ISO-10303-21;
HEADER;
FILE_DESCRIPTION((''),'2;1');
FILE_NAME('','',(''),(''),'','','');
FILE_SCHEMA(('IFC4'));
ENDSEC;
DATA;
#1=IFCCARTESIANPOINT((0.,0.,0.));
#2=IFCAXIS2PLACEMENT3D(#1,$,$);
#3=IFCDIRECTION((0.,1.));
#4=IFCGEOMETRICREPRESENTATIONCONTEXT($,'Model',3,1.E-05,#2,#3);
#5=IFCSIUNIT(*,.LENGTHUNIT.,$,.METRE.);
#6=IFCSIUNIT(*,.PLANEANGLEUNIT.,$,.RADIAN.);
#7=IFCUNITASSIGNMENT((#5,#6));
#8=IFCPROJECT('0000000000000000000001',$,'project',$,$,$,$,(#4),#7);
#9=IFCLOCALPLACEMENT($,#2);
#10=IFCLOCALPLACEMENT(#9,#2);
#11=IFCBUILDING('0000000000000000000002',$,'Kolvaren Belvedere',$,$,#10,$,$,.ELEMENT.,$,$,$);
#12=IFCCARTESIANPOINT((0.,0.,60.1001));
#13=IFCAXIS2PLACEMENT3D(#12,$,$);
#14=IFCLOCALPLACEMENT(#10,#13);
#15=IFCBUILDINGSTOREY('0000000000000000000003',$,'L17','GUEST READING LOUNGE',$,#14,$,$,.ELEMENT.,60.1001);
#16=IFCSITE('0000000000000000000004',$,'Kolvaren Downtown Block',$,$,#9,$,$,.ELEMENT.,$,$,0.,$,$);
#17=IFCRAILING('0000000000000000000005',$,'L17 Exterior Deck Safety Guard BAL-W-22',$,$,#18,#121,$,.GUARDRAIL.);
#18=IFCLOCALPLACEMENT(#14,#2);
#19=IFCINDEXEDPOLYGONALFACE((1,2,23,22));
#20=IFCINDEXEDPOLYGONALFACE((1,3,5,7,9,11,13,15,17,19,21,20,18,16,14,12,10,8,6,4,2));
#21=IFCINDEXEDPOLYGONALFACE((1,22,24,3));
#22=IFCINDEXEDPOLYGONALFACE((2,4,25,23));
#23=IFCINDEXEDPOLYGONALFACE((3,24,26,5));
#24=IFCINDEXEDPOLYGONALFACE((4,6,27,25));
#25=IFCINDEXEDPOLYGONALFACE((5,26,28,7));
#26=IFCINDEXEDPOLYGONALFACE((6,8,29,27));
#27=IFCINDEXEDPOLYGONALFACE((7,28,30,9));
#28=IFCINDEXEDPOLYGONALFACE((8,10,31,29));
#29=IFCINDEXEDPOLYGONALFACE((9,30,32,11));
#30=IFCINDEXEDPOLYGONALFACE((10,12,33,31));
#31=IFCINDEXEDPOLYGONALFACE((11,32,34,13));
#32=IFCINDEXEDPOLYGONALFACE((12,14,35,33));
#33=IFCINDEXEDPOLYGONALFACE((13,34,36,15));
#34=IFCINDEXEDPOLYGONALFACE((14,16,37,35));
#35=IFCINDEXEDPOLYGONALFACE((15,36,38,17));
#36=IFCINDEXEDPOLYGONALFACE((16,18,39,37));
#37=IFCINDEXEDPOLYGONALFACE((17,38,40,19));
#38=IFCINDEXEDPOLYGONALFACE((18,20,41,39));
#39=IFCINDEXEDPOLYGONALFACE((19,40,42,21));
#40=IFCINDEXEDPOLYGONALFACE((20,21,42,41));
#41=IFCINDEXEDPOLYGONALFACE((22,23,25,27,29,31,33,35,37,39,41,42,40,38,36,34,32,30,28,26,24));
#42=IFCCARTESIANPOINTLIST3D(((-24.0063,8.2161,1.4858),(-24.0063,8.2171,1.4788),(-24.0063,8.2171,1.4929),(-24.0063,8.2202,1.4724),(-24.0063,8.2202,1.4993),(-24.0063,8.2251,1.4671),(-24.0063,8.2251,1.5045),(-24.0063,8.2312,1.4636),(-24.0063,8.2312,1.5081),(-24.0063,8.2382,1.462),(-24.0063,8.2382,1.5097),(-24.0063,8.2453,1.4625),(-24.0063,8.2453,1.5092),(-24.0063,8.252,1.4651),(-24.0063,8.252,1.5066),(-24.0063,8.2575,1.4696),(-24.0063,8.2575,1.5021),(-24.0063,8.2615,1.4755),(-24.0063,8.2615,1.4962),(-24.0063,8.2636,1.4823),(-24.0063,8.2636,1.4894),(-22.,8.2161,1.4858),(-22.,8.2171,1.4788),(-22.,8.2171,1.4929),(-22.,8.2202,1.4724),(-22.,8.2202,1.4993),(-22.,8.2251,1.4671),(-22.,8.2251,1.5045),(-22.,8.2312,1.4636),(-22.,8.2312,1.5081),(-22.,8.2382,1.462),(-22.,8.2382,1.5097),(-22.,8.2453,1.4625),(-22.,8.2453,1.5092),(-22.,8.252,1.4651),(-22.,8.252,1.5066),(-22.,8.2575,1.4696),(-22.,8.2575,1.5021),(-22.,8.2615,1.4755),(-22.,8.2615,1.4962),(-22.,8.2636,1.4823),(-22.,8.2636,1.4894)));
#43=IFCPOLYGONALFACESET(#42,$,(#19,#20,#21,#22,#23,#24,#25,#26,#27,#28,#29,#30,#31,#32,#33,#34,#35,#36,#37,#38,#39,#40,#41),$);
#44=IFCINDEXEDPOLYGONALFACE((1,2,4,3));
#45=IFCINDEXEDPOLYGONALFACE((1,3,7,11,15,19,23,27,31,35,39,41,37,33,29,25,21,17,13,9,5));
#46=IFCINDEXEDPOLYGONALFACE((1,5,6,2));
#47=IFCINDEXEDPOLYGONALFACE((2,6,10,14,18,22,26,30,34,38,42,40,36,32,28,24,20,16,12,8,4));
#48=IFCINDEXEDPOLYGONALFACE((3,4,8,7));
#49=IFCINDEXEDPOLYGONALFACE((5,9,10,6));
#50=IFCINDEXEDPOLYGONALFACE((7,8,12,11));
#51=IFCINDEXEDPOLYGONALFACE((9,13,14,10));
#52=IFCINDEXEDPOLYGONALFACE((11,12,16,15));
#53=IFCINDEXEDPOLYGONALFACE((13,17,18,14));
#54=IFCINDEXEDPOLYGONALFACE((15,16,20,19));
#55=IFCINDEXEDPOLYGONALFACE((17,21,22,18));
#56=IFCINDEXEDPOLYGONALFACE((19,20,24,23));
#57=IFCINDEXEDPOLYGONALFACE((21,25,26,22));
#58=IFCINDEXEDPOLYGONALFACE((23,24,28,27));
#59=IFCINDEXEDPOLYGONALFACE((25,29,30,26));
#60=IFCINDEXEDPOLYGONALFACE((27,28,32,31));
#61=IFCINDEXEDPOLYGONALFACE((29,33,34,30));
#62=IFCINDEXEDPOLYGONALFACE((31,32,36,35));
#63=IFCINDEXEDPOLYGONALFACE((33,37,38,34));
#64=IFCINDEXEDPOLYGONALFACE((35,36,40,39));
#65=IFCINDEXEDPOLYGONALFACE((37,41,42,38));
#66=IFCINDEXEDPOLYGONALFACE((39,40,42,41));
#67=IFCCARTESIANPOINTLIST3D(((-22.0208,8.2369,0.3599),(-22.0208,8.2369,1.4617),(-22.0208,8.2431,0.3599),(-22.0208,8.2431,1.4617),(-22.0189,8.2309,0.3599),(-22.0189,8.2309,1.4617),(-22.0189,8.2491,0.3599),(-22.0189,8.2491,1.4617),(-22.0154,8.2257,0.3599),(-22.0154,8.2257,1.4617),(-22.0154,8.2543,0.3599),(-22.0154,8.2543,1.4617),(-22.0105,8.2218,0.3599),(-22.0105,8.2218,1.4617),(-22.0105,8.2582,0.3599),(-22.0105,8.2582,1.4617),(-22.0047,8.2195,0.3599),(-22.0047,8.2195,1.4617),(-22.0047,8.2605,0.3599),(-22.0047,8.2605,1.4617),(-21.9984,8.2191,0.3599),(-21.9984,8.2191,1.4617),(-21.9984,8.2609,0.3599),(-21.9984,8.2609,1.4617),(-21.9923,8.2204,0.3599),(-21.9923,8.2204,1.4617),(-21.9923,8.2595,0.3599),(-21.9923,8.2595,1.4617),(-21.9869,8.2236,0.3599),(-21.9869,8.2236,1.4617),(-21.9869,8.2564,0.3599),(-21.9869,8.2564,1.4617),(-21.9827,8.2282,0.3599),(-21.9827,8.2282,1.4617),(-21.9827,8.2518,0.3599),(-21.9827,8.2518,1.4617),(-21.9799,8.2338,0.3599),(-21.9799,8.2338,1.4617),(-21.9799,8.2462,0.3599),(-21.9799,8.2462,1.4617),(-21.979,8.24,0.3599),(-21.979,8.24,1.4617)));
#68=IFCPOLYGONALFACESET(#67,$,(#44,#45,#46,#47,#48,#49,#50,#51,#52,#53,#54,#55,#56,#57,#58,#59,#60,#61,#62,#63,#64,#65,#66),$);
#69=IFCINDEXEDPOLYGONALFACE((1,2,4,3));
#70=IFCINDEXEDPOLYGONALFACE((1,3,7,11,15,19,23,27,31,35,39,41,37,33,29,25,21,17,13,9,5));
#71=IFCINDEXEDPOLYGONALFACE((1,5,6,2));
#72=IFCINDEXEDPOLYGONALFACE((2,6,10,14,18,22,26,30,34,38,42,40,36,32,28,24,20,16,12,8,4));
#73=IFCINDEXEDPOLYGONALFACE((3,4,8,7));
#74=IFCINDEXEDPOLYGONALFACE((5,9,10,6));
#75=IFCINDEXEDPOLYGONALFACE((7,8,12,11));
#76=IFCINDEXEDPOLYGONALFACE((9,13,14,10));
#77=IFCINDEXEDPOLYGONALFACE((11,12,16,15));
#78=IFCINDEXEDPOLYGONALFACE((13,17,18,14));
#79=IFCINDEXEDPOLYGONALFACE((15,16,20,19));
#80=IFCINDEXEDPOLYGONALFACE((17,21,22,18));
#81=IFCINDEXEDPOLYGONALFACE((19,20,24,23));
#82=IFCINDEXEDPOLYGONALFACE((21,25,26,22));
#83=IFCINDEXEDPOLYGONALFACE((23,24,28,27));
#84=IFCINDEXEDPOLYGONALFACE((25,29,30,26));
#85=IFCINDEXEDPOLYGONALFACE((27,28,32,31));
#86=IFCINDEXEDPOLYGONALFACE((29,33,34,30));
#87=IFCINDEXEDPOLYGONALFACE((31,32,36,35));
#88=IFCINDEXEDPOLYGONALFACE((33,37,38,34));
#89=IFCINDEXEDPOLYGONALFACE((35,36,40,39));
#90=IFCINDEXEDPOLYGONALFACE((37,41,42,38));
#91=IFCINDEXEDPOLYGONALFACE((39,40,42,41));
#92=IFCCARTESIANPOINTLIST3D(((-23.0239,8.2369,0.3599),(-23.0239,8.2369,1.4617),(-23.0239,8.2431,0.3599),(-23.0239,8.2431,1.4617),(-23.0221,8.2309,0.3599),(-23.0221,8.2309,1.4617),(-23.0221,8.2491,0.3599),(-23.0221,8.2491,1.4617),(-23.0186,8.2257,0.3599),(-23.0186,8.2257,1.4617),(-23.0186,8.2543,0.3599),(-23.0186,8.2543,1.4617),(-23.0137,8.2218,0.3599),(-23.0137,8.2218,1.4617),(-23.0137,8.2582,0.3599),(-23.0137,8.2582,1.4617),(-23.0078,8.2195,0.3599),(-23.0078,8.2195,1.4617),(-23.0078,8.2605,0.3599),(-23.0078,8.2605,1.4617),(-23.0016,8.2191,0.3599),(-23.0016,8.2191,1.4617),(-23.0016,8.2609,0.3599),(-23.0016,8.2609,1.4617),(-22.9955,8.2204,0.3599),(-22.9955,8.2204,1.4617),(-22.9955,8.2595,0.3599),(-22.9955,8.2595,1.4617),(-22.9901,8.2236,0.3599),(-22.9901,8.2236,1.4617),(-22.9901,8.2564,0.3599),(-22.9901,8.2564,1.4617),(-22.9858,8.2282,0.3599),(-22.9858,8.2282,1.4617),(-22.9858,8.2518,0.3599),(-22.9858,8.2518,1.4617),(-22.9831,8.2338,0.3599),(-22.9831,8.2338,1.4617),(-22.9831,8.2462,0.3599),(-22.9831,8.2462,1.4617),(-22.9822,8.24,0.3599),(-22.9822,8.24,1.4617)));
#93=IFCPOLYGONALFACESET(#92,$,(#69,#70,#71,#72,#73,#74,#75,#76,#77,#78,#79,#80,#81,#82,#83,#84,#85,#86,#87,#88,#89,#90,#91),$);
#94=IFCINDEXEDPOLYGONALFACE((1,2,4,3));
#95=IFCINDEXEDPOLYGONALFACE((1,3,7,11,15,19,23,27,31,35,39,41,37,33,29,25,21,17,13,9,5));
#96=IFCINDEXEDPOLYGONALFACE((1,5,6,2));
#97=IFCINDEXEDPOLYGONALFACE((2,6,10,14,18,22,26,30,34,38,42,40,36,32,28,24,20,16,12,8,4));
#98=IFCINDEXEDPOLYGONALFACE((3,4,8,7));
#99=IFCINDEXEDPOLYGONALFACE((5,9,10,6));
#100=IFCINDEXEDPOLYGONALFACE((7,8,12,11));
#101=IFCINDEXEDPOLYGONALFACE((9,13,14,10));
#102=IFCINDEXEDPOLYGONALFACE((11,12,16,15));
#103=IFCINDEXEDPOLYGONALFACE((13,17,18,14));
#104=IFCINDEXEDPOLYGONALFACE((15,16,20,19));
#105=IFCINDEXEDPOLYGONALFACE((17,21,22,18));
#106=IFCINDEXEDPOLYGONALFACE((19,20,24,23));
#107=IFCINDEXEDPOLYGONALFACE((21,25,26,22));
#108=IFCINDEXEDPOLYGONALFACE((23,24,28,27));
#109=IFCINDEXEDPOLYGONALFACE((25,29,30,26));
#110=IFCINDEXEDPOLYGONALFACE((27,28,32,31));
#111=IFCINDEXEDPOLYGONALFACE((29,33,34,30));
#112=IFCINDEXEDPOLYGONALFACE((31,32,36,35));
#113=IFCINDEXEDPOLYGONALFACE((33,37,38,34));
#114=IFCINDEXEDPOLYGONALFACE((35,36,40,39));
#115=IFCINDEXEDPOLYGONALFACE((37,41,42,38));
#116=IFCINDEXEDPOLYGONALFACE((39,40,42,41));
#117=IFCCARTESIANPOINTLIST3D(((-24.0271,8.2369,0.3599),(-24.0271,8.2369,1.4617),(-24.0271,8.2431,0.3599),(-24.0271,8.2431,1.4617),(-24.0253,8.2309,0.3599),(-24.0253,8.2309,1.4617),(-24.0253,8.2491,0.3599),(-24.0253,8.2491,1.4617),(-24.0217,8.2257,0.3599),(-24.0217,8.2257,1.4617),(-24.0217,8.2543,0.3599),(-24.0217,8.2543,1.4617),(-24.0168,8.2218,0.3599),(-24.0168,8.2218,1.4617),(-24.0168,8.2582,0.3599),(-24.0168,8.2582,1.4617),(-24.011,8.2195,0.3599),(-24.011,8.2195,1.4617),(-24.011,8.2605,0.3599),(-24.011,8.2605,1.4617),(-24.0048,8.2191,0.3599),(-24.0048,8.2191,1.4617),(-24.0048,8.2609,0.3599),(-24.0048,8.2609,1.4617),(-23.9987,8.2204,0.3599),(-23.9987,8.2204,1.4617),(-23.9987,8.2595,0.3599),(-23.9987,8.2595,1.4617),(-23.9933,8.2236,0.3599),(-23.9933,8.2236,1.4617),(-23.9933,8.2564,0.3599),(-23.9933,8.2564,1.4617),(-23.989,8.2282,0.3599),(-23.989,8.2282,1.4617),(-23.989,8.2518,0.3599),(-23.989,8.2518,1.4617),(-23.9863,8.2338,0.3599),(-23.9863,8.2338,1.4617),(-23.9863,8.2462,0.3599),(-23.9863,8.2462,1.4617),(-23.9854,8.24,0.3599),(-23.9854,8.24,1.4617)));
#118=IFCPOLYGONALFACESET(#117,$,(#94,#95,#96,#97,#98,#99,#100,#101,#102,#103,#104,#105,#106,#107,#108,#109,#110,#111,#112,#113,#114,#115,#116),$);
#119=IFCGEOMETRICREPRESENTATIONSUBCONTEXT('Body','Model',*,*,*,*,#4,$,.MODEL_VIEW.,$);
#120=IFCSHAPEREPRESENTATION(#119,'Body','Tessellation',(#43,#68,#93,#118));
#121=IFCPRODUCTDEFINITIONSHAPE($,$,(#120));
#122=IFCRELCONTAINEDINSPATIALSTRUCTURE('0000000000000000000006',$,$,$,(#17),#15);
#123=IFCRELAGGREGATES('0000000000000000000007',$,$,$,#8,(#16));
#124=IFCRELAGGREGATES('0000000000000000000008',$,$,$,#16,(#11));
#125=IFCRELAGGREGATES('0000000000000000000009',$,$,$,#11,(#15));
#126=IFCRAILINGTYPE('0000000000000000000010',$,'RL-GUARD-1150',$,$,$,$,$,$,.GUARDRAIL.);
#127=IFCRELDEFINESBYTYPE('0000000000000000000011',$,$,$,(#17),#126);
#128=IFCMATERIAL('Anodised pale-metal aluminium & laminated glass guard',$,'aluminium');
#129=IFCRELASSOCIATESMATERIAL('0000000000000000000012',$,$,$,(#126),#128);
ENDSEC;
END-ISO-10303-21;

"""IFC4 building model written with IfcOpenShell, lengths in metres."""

from ifc_helpers import new_model, si_unit, direction, frame, origin, origin_2d, place, context, subcontext, project, spatial, circle, extrude, material, type_object, element, save


model = new_model("IFC4")

# Units and contexts
model_context = context("Model", 3, precision=1e-05, world=origin(), true_north=direction((0.0, 1.0)))
body_context = subcontext(model_context, "Body", "Model", "MODEL_VIEW")
ifc_project = project(units=[si_unit("LENGTHUNIT", "METRE"), si_unit("PLANEANGLEUNIT", "RADIAN")], contexts=[model_context])

# Site, building, storey
site_placement = place(None, origin())
site = spatial("IfcSite", under=ifc_project, at=site_placement, Name="Kolvaren Downtown Block", CompositionType="ELEMENT", RefElevation=0.0)
building_placement = place(site_placement, origin())
building = spatial("IfcBuilding", under=site, at=building_placement, Name="Kolvaren Belvedere", CompositionType="ELEMENT")
storey_placement = place(building_placement, frame((0.0, 0.0, 60.1001)))
storey = spatial("IfcBuildingStorey", under=building, at=storey_placement, Name="L17", Description="GUEST READING LOUNGE", CompositionType="ELEMENT", Elevation=60.1001)

# Railing
ifc_material_1 = material(Name="Anodised pale-metal aluminium & laminated glass guard", Category="aluminium")
railing_type = type_object("IfcRailingType", Name="RL-GUARD-1150", PredefinedType="GUARDRAIL", material=ifc_material_1)
railing_1_placement = place(storey_placement, frame((-22.0, 8.24, 0.3599)))
element("IfcRailing", 1, at=railing_1_placement, inside=storey, type_object=railing_type, Name="L17 Exterior Deck Safety Guard BAL-W-22", PredefinedType="GUARDRAIL", context=body_context, shape_type="SweptSolid", body=[
    extrude(circle(Radius=0.0239, at=origin_2d()), frame((0.0, 0.0, 1.126), z_axis=(-1.0, 0.0, 0.0), x_axis=(0.0, -1.0, 0.0)), (0.0, 0.0, 1.0), 2.0063),
    extrude(circle(Radius=0.021, at=origin_2d()), origin(), (0.0, 0.0, 1.0), 1.1018),
    extrude(circle(Radius=0.021, at=origin_2d()), frame((-1.0032, 0.0, 0.0)), (0.0, 0.0, 1.0), 1.1018),
    extrude(circle(Radius=0.021, at=origin_2d()), frame((-2.0063, 0.0, 0.0)), (0.0, 0.0, 1.0), 1.1018),
])

save(model, "model.ifc")
